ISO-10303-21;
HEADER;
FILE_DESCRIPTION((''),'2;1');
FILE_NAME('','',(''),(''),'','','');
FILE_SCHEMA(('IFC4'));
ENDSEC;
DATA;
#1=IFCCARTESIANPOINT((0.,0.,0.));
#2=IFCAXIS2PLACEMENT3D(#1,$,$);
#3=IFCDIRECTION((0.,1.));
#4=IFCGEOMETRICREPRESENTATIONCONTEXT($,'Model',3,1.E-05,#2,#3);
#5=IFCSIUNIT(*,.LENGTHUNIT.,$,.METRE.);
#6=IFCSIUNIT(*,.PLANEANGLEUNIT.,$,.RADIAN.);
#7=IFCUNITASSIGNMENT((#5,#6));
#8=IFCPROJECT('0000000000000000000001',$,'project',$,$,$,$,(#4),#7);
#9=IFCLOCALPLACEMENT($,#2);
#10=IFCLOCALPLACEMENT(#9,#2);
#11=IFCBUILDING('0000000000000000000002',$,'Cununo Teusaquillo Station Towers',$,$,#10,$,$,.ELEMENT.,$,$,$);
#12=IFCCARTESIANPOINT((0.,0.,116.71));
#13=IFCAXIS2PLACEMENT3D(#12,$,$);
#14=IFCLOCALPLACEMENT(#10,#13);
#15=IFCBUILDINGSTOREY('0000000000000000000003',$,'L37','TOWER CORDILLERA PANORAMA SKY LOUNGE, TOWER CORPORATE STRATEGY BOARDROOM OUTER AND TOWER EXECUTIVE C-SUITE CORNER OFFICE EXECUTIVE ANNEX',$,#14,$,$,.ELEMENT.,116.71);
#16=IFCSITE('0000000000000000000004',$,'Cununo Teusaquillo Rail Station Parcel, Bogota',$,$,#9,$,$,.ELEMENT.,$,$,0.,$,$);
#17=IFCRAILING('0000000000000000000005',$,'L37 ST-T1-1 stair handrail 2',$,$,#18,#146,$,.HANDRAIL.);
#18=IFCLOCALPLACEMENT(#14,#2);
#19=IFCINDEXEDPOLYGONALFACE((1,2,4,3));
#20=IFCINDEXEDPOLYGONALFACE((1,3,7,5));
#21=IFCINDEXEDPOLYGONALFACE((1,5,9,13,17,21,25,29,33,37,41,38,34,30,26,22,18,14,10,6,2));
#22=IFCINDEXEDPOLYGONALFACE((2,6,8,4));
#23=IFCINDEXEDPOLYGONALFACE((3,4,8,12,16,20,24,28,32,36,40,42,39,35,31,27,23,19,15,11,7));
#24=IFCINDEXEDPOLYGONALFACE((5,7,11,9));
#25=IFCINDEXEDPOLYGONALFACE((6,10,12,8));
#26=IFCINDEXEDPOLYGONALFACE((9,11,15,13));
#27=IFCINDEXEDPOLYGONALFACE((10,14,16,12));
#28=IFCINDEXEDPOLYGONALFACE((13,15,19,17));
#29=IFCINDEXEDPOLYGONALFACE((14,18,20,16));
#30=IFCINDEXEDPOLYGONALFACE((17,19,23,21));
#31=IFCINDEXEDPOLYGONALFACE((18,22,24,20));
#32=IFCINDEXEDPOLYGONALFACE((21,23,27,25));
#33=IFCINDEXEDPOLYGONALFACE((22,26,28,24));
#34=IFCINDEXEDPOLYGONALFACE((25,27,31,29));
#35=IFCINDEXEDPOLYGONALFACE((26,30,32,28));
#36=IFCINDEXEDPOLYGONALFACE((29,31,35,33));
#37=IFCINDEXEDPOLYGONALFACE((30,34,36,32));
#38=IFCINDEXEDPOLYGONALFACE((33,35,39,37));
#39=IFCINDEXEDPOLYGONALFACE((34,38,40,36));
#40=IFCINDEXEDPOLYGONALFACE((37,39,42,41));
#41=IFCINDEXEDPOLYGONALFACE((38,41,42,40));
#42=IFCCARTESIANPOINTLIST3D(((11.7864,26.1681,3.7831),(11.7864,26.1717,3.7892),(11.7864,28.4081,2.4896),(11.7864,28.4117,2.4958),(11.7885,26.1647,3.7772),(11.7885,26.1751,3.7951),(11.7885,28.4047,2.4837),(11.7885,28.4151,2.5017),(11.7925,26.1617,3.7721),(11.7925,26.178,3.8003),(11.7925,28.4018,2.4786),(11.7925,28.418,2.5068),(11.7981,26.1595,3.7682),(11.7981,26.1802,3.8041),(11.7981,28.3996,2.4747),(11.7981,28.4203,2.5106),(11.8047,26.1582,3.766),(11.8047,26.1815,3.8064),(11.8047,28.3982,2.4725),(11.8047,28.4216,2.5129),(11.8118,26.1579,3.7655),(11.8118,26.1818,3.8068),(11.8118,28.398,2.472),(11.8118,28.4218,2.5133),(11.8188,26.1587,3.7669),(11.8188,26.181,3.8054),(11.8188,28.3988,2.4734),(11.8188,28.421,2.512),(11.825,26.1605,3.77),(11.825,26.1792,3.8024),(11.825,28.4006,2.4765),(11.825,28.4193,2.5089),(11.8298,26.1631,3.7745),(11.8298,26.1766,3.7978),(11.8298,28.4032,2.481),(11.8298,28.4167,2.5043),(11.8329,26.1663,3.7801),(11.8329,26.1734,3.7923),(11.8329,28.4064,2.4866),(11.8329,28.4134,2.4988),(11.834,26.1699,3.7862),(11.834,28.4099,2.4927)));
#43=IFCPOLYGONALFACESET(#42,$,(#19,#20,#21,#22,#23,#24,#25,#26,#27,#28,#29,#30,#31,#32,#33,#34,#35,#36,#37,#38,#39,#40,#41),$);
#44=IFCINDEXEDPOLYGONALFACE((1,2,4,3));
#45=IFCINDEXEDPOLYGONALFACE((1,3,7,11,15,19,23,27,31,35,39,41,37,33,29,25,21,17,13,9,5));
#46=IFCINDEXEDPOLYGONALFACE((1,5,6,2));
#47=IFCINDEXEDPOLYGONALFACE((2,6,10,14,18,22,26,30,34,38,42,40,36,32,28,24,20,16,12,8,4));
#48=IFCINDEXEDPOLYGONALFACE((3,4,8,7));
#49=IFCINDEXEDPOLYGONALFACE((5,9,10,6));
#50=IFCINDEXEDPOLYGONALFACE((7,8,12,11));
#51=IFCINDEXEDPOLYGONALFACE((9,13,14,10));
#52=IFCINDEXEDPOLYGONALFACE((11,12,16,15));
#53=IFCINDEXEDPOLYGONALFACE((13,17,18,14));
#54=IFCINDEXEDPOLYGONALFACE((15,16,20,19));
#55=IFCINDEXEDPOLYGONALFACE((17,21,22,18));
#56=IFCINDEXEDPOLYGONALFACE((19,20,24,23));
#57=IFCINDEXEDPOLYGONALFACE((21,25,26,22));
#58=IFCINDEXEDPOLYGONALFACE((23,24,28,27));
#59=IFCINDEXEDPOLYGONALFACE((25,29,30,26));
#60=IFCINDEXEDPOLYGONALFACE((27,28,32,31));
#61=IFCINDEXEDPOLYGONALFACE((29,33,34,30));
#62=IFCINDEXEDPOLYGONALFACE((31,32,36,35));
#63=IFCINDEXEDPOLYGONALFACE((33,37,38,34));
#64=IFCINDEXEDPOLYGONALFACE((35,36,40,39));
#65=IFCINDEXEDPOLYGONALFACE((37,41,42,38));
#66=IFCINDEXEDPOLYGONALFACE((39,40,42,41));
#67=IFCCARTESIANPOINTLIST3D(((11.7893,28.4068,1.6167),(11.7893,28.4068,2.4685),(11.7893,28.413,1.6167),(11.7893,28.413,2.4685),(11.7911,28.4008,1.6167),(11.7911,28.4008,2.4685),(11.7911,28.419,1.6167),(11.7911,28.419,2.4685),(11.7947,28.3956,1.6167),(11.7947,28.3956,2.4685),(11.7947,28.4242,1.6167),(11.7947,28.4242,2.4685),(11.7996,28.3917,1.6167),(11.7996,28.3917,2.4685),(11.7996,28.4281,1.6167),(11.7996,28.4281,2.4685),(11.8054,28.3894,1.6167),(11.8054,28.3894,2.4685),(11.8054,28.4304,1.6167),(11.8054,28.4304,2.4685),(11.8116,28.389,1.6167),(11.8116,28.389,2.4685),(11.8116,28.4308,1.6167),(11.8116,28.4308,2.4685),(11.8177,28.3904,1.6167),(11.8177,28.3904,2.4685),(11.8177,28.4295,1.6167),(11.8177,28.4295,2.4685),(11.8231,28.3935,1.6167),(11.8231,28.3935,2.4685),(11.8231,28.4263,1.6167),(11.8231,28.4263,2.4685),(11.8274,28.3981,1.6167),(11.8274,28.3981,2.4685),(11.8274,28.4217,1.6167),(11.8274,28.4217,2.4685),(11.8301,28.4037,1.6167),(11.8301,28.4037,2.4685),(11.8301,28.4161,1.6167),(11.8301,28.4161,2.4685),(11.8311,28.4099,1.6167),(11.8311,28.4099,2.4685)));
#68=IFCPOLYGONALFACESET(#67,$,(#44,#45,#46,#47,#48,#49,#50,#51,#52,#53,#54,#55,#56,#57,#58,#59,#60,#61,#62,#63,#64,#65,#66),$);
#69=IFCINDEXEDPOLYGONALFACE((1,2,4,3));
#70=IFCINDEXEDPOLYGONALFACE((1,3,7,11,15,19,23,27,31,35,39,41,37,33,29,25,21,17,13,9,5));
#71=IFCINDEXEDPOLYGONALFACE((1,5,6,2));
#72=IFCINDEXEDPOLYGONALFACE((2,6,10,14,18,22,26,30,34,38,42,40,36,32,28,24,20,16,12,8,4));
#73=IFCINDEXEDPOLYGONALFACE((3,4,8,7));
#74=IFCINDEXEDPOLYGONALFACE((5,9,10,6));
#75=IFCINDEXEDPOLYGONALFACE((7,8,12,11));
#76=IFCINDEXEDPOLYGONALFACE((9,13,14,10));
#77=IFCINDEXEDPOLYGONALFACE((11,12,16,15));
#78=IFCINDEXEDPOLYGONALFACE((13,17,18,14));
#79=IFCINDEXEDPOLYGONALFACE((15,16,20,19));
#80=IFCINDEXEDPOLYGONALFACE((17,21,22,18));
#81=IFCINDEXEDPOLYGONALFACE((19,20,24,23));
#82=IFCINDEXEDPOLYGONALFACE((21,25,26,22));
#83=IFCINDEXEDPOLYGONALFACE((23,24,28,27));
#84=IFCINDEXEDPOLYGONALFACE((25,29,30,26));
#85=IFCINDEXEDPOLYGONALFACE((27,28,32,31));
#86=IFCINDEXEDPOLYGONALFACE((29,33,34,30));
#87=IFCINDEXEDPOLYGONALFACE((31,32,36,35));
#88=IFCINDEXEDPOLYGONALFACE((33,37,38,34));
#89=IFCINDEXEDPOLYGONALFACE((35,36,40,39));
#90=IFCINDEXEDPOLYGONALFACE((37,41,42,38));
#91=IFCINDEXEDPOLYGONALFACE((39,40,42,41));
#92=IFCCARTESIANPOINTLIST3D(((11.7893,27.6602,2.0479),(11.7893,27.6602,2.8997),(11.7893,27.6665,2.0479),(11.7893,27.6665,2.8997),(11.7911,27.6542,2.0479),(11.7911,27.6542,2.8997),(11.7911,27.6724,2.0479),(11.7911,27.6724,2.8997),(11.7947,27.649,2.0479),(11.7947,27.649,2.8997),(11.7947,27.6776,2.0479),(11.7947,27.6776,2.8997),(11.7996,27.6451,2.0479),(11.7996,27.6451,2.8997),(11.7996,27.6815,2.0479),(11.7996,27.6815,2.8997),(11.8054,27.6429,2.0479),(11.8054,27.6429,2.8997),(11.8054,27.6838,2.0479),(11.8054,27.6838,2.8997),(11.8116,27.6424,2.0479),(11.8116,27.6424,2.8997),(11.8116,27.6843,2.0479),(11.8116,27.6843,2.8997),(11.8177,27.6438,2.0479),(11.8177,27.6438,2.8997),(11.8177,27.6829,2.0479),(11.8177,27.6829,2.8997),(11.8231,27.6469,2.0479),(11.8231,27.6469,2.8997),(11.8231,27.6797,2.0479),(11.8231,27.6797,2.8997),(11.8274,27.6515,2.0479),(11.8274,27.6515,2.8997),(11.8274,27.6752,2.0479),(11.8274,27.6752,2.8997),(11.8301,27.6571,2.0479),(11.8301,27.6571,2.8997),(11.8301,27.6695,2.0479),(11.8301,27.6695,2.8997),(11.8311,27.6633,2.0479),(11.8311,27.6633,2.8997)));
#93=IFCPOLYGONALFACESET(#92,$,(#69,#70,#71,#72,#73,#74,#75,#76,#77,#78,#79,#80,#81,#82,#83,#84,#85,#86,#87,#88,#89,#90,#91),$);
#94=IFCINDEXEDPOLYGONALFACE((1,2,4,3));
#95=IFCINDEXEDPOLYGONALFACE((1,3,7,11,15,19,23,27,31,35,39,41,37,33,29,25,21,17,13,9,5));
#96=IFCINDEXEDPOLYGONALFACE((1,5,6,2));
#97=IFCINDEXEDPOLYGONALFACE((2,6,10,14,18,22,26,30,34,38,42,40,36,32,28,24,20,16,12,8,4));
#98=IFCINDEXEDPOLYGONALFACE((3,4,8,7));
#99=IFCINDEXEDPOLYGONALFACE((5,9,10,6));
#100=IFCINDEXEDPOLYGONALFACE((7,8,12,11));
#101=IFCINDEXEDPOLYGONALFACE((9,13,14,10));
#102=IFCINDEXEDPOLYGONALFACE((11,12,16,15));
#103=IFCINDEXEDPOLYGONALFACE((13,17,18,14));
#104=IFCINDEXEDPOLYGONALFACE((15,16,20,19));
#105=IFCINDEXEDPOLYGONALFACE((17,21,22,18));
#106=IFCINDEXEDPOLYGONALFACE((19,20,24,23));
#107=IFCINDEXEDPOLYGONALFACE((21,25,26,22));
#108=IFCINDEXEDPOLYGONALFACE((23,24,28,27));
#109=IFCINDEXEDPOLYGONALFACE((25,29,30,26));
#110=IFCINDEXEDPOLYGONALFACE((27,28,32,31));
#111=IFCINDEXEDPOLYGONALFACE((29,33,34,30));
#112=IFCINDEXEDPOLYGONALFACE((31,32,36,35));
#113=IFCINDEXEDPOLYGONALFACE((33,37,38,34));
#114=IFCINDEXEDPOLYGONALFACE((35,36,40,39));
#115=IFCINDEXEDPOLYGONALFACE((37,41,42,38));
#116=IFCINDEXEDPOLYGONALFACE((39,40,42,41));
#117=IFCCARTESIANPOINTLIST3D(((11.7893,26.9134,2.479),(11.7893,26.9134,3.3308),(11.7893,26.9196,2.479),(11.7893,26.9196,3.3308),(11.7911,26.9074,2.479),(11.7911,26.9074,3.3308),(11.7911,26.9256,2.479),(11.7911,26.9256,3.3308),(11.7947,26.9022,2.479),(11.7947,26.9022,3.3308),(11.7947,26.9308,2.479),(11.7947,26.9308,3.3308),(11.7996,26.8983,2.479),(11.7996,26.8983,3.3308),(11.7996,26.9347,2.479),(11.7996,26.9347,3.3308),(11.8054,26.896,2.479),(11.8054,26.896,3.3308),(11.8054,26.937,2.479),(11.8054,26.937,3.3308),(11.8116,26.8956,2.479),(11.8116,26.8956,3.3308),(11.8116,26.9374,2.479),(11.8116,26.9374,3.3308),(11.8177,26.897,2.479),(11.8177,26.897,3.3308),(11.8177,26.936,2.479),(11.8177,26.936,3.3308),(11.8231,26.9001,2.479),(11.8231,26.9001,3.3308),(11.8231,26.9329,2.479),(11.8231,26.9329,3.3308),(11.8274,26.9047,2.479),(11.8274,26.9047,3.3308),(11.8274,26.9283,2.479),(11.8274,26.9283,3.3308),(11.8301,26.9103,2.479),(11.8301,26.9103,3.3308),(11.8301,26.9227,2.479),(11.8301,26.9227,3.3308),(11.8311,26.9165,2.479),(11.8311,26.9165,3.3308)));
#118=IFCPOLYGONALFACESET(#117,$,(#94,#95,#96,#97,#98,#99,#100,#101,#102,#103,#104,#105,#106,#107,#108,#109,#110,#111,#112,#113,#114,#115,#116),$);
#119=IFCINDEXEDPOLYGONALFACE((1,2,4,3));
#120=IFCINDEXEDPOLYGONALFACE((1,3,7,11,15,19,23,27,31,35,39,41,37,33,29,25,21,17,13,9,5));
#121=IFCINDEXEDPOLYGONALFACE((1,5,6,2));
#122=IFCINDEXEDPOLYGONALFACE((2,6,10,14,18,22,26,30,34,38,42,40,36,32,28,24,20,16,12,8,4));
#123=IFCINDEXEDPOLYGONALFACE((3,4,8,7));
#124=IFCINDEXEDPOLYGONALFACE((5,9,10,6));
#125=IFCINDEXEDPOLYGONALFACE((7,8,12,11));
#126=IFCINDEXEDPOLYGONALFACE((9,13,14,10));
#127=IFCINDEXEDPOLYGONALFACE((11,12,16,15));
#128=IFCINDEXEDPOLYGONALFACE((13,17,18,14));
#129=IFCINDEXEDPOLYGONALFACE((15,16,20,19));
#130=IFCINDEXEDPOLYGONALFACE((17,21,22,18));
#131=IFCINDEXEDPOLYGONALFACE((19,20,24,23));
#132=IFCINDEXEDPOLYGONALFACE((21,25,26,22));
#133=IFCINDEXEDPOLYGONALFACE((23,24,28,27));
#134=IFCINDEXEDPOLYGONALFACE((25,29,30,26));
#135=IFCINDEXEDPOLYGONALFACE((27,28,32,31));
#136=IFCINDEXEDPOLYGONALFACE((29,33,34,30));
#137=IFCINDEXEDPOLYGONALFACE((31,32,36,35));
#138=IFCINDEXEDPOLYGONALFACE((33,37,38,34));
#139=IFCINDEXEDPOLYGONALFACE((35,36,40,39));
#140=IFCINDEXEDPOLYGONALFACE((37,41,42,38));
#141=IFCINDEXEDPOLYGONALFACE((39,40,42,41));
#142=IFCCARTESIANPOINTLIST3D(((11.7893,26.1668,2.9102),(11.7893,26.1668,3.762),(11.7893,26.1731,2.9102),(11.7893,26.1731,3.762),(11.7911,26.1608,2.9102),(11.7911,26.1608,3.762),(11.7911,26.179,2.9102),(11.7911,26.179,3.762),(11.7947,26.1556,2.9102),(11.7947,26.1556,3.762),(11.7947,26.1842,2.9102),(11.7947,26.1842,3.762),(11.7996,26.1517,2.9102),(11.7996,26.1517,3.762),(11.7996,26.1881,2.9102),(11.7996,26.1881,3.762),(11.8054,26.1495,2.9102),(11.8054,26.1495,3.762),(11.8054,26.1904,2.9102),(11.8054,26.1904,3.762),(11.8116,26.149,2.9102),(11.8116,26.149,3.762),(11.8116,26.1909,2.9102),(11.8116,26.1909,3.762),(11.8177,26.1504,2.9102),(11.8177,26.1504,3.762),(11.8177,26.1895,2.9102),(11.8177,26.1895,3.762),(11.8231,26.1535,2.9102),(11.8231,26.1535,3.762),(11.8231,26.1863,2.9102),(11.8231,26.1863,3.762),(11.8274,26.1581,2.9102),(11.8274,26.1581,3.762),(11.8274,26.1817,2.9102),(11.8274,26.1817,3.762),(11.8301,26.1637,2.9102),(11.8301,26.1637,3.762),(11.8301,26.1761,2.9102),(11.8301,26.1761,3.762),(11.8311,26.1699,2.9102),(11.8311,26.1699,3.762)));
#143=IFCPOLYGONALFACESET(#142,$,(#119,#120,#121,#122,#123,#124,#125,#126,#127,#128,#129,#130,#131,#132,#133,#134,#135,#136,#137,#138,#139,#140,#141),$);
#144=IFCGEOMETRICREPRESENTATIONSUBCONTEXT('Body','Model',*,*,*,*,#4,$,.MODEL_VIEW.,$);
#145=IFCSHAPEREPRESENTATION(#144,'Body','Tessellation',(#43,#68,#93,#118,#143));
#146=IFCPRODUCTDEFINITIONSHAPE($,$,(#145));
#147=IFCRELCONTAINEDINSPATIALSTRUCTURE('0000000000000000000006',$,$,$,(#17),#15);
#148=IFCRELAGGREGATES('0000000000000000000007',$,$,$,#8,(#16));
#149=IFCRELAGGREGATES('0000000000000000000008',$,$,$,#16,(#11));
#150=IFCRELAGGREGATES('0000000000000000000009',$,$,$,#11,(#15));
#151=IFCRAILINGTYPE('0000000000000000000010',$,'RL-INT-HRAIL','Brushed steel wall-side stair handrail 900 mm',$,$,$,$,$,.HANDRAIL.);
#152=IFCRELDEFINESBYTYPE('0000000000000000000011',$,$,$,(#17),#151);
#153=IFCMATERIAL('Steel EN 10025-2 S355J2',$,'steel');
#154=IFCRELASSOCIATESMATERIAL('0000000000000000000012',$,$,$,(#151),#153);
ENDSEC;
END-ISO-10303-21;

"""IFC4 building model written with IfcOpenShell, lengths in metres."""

from ifc_helpers import new_model, si_unit, direction, frame, origin, origin_2d, place, context, subcontext, project, spatial, circle, extrude, material, type_object, element, save


model = new_model("IFC4")

# Units and contexts
model_context = context("Model", 3, precision=1e-05, world=origin(), true_north=direction((0.0, 1.0)))
body_context = subcontext(model_context, "Body", "Model", "MODEL_VIEW")
ifc_project = project(units=[si_unit("LENGTHUNIT", "METRE"), si_unit("PLANEANGLEUNIT", "RADIAN")], contexts=[model_context])

# Site, building, storey
site_placement = place(None, origin())
site = spatial("IfcSite", under=ifc_project, at=site_placement, Name="Cununo Teusaquillo Rail Station Parcel, Bogota", CompositionType="ELEMENT", RefElevation=0.0)
building_placement = place(site_placement, origin())
building = spatial("IfcBuilding", under=site, at=building_placement, Name="Cununo Teusaquillo Station Towers", CompositionType="ELEMENT")
storey_placement = place(building_placement, frame((0.0, 0.0, 116.71)))
storey = spatial("IfcBuildingStorey", under=building, at=storey_placement, Name="L37", Description="TOWER CORDILLERA PANORAMA SKY LOUNGE, TOWER CORPORATE STRATEGY BOARDROOM OUTER AND TOWER EXECUTIVE C-SUITE CORNER OFFICE EXECUTIVE ANNEX", CompositionType="ELEMENT", Elevation=116.71)

# Railing
ifc_material_1 = material(Name="Steel EN 10025-2 S355J2", Category="steel")
railing_type_1 = type_object("IfcRailingType", Name="RL-INT-HRAIL", Description="Brushed steel wall-side stair handrail 900 mm", PredefinedType="HANDRAIL", material=ifc_material_1)
railing_1_placement = place(storey_placement, frame((11.8101, 28.4099, 1.6167)))
element("IfcRailing", 1, at=railing_1_placement, inside=storey, type_object=railing_type_1, Name="L37 ST-T1-1 stair handrail 2", PredefinedType="HANDRAIL", context=body_context, shape_type="SweptSolid", body=[
    extrude(circle(Radius=0.0239, at=origin_2d()), frame((0.0, 0.0, 0.876), z_axis=(0.0, -0.865992, 0.500057), x_axis=(1.0, 0.0, 0.0)), (0.0, 0.0, 1.0), 2.5867),
    extrude(circle(Radius=0.021, at=origin_2d()), origin(), (0.0, 0.0, 1.0), 0.8518),
    extrude(circle(Radius=0.021, at=origin_2d()), frame((0.0, -0.7466, 0.4312)), (0.0, 0.0, 1.0), 0.8518),
    extrude(circle(Radius=0.021, at=origin_2d()), frame((0.0, -1.4934, 0.8623)), (0.0, 0.0, 1.0), 0.8518),
    extrude(circle(Radius=0.021, at=origin_2d()), frame((0.0, -2.24, 1.2935)), (0.0, 0.0, 1.0), 0.8518),
])

save(model, "model.ifc")
